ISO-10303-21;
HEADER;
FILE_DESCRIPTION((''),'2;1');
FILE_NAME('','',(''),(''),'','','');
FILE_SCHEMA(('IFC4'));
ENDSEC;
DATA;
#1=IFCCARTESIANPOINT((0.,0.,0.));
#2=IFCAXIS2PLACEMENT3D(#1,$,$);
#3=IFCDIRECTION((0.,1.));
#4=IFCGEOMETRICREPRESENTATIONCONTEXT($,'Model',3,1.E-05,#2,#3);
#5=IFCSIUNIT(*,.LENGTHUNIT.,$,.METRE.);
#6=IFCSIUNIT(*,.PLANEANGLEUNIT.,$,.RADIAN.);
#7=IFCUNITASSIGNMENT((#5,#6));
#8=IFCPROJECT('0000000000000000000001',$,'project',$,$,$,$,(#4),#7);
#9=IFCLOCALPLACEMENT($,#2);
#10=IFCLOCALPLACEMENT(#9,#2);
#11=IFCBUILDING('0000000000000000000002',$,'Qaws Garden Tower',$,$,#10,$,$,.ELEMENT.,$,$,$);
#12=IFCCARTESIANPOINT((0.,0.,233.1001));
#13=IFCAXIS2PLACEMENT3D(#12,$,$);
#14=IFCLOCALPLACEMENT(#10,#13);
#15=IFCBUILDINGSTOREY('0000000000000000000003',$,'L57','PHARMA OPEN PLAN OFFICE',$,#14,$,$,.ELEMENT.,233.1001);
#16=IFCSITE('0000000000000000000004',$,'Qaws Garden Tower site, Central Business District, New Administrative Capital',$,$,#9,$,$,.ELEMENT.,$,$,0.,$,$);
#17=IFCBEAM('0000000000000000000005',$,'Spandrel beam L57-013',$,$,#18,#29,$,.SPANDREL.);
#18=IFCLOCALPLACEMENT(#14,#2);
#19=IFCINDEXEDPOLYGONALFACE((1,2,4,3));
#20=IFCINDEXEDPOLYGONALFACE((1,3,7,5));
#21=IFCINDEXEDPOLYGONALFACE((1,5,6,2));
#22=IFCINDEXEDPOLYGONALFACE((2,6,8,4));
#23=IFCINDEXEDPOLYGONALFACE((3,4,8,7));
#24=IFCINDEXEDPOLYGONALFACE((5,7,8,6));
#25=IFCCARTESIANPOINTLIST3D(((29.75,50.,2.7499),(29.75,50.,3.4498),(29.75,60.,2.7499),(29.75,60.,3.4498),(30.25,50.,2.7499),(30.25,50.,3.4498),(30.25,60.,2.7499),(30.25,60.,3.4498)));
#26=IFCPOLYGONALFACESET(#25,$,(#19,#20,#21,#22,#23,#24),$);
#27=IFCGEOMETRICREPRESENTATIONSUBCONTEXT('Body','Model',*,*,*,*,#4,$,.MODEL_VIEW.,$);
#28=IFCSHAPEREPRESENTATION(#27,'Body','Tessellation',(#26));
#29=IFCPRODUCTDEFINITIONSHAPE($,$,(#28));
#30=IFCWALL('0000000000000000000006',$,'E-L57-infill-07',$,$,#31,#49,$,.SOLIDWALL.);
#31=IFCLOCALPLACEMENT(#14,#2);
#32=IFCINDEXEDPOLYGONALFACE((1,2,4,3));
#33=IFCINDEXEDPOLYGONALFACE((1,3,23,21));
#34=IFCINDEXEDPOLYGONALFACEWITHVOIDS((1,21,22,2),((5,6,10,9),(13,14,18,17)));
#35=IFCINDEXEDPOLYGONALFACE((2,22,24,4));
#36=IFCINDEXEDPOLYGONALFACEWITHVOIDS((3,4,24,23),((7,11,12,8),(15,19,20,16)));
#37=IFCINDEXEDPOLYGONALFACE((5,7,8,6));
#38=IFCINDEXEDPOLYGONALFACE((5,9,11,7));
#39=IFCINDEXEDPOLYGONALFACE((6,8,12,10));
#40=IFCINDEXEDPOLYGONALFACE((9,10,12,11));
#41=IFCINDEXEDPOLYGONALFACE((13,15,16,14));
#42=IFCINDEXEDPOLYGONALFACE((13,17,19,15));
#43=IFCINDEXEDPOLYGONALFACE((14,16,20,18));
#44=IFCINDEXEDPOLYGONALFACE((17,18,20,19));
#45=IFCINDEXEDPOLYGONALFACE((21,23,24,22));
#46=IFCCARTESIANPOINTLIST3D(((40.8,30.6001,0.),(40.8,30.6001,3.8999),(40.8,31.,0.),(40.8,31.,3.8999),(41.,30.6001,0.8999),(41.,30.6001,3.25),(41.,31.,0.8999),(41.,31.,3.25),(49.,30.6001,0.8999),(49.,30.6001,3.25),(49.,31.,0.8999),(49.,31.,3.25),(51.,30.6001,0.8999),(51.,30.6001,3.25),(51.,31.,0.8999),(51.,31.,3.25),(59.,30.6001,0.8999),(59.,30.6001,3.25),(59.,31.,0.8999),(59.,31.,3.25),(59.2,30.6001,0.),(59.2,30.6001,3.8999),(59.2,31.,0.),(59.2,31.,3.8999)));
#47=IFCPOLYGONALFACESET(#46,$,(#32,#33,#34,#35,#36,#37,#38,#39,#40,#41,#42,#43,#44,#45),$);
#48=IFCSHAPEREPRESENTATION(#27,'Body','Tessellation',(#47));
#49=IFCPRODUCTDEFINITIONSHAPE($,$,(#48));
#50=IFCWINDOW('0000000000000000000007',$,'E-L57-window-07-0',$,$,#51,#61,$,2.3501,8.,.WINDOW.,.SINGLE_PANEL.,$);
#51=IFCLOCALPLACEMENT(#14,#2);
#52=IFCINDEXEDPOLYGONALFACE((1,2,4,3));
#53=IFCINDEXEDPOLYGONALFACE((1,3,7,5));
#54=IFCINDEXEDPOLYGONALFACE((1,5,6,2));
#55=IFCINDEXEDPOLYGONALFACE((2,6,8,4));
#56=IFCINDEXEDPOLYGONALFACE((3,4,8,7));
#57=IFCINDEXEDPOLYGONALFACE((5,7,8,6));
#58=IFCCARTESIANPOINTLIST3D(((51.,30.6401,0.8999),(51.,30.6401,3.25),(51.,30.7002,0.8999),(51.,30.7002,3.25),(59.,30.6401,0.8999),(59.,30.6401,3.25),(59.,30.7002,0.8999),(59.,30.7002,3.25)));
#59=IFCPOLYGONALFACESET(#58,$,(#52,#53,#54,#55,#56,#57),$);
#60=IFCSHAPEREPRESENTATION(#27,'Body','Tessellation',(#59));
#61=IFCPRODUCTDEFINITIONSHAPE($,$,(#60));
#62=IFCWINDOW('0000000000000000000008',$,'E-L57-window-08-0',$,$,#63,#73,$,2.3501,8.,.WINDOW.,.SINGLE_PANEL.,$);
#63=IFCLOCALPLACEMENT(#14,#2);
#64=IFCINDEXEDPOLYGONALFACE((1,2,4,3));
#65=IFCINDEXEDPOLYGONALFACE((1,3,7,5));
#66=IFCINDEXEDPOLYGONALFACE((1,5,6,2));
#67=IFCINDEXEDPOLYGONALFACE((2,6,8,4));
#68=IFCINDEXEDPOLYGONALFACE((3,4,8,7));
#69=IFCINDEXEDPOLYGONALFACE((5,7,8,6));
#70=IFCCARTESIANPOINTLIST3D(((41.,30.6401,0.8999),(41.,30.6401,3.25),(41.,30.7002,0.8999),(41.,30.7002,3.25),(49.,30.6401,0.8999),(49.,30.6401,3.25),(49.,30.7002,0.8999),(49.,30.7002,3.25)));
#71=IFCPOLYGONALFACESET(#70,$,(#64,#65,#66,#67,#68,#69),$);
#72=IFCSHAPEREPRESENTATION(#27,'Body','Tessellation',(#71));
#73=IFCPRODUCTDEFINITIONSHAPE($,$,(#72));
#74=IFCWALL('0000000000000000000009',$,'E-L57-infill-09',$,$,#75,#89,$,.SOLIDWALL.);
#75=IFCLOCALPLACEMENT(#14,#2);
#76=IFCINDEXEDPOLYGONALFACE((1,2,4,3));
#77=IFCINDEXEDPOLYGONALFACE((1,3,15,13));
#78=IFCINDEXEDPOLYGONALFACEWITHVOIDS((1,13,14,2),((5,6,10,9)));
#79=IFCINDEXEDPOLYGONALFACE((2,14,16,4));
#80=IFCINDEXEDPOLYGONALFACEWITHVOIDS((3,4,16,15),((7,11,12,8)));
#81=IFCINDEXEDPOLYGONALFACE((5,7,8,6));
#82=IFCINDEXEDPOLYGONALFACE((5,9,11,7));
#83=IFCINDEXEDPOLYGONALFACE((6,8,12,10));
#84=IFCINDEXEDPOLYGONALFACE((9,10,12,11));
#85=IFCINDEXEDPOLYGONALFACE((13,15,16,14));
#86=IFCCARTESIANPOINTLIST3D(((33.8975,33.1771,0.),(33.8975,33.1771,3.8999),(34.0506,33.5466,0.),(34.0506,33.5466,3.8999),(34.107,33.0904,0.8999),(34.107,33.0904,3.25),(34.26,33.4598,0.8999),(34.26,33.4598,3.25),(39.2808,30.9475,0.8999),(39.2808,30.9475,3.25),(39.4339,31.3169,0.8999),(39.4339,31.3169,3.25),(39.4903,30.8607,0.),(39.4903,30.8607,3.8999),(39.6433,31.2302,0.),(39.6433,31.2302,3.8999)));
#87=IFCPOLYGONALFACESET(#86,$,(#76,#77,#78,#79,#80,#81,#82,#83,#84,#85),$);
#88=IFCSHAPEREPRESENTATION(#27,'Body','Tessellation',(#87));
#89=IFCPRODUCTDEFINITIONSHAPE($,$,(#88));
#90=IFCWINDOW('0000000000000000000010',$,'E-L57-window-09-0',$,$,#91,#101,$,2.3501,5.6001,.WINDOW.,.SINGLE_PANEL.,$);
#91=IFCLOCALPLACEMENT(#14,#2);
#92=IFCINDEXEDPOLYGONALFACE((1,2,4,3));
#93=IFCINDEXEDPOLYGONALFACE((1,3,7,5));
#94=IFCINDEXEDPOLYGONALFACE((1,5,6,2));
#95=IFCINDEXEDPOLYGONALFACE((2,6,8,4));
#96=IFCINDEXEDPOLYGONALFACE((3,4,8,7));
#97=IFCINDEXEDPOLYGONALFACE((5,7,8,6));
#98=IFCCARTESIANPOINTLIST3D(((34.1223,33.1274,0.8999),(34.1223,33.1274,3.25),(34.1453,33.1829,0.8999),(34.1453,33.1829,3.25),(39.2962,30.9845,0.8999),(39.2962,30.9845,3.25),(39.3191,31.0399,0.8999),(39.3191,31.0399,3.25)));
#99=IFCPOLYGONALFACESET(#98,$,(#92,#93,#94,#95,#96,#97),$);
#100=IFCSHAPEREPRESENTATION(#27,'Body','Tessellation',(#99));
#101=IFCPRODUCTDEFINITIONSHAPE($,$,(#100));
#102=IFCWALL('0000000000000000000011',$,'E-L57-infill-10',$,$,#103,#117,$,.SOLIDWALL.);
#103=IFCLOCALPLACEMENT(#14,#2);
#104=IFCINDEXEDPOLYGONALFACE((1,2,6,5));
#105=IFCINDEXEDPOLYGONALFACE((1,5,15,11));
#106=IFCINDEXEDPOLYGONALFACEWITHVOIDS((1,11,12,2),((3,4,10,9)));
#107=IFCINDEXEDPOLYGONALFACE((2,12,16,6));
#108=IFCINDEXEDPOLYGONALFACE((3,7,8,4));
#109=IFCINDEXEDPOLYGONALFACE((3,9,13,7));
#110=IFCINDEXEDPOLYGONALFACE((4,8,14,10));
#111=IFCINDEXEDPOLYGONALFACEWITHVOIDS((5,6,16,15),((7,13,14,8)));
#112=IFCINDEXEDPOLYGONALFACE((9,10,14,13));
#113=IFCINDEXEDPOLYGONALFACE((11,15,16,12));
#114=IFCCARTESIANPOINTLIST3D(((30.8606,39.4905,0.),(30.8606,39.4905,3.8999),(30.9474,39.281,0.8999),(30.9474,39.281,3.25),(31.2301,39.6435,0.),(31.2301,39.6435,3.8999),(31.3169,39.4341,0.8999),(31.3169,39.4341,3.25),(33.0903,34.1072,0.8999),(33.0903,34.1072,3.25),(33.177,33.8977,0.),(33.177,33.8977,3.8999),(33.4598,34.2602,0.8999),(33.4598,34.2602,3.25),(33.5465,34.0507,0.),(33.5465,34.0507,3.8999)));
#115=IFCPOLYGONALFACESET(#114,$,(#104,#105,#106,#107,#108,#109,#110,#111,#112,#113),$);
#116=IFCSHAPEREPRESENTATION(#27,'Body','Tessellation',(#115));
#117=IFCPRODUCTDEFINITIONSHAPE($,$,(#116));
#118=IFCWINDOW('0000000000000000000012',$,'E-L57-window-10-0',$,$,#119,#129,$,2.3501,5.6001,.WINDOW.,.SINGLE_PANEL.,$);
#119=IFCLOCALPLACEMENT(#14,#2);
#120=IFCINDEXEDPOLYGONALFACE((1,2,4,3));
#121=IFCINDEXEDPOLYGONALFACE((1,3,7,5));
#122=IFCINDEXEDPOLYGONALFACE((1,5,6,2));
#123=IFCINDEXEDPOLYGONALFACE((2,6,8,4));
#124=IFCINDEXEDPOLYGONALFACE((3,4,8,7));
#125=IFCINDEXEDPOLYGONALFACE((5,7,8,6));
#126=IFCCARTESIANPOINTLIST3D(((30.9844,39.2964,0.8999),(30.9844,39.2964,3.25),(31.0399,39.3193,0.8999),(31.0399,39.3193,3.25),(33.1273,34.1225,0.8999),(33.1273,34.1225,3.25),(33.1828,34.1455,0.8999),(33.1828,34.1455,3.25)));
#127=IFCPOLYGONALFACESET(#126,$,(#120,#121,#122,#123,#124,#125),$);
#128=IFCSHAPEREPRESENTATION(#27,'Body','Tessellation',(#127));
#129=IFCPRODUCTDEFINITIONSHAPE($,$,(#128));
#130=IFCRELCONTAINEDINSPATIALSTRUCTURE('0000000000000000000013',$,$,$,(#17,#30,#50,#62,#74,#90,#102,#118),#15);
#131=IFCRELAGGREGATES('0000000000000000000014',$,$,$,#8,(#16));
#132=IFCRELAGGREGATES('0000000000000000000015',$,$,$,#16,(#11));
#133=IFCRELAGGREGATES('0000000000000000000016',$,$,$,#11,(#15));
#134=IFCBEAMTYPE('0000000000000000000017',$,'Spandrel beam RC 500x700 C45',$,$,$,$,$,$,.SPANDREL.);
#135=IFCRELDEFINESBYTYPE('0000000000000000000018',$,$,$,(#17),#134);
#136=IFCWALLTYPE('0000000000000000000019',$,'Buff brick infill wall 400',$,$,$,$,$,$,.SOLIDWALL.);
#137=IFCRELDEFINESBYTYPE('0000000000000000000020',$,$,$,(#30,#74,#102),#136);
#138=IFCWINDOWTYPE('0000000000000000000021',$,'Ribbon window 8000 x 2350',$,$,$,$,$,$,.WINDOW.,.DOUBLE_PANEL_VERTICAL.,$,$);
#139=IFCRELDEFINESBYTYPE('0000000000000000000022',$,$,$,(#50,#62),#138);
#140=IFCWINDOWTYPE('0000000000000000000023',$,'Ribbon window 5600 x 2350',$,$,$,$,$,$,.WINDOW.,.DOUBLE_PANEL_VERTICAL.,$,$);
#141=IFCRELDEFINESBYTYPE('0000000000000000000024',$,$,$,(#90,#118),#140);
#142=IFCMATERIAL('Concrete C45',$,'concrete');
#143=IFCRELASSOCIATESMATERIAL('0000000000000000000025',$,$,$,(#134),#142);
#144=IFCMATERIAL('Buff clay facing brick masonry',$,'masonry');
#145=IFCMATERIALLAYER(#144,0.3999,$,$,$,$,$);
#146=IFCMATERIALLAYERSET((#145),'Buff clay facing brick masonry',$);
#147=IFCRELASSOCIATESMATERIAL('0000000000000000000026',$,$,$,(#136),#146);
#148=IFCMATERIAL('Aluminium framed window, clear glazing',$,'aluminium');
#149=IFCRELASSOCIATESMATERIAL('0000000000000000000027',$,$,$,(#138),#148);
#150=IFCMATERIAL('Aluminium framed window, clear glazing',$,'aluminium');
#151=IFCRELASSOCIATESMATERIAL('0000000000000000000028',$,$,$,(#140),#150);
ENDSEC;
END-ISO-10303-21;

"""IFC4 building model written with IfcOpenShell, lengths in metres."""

from ifc_helpers import new_model, si_unit, direction, frame, frame_2d, origin, origin_2d, place, context, subcontext, project, spatial, rectangle, extrude, material, layer, layer_set, material_profile, profile_set, type_object, element, fill, save


model = new_model("IFC4")

# Units and contexts
model_context = context("Model", 3, precision=1e-05, world=origin(), true_north=direction((0.0, 1.0)))
body_context = subcontext(model_context, "Body", "Model", "MODEL_VIEW")
ifc_project = project(units=[si_unit("LENGTHUNIT", "METRE"), si_unit("PLANEANGLEUNIT", "RADIAN")], contexts=[model_context])

# Site, building, storey
site_placement = place(None, origin())
site = spatial("IfcSite", under=ifc_project, at=site_placement, Name="Qaws Garden Tower site, Central Business District, New Administrative Capital", CompositionType="ELEMENT", RefElevation=0.0)
building_placement = place(site_placement, origin())
building = spatial("IfcBuilding", under=site, at=building_placement, Name="Qaws Garden Tower", CompositionType="ELEMENT")
storey_placement = place(building_placement, frame((0.0, 0.0, 233.1001)))
storey = spatial("IfcBuildingStorey", under=building, at=storey_placement, Name="L57", Description="PHARMA OPEN PLAN OFFICE", CompositionType="ELEMENT", Elevation=233.1001)

# Beam
ifc_material_1 = material(Name="Concrete C45", Category="concrete")
ifc_material_profile_1 = material_profile(ifc_material_1, rectangle(XDim=0.5, YDim=0.7, at=origin_2d()), Name="RC 500x700")
ifc_profile_set_1 = profile_set([ifc_material_profile_1], Name="Concrete C45")
beam_type = type_object("IfcBeamType", Name="Spandrel beam RC 500x700 C45", PredefinedType="SPANDREL", material=ifc_profile_set_1)
for number, where, z_axis, x_axis, name in (
    (1, (30.0, 50.0, 3.0999), (0.0, 1.0, 0.0), (-1.0, 0.0, 0.0), "Spandrel beam L57-013"),
):
    element("IfcBeam", number, at=place(storey_placement, frame(where, z_axis=z_axis, x_axis=x_axis)), inside=storey, type_object=beam_type, Name=name, PredefinedType="SPANDREL", context=body_context, shape_type="SweptSolid", body=[
        extrude(rectangle(XDim=0.5, YDim=0.7, at=origin_2d()), origin(), (0.0, 0.0, 1.0), 10.0),
    ])

# Wall, openings, windows
ifc_material_2 = material(Name="Buff clay facing brick masonry", Category="masonry")
ifc_layer_1 = layer(ifc_material_2, 0.3999)
ifc_layer_set_1 = layer_set([ifc_layer_1], Name="Buff clay facing brick masonry")
wall_type_1 = type_object("IfcWallType", Name="Buff brick infill wall 400", PredefinedType="SOLIDWALL", material=ifc_layer_set_1)
wall_1_placement = place(storey_placement, frame((59.2, 30.8, 0.0), z_axis=(0.0, 0.0, 1.0), x_axis=(-1.0, 0.0, 0.0)))
wall_1 = element("IfcWall", 2, at=wall_1_placement, inside=storey, type_object=wall_type_1, Name="E-L57-infill-07", PredefinedType="SOLIDWALL", context=body_context, shape_type="SweptSolid", body=[
    extrude(rectangle(XDim=18.3999, YDim=0.3999, at=frame_2d((9.2, 0.0))), origin(), (0.0, 0.0, 1.0), 3.8999),
])
opening_1_placement = place(wall_1_placement, frame((0.2, 0.0, 0.8999)))
opening_1 = element("IfcOpeningElement", 3, at=opening_1_placement, cuts=wall_1, PredefinedType="OPENING", context=body_context, shape_type="SweptSolid", body=[
    extrude(rectangle(XDim=8.0, YDim=2.3501, at=frame_2d((4.0, 1.175))), frame((0.0, 0.21, 0.0), z_axis=(0.0, -1.0, 0.0), x_axis=(1.0, 0.0, 0.0)), (0.0, 0.0, 1.0), 0.4199),
])
opening_2_placement = place(wall_1_placement, frame((10.2, 0.0, 0.8999)))
opening_2 = element("IfcOpeningElement", 4, at=opening_2_placement, cuts=wall_1, PredefinedType="OPENING", context=body_context, shape_type="SweptSolid", body=[
    extrude(rectangle(XDim=8.0, YDim=2.3501, at=frame_2d((4.0, 1.175))), frame((0.0, 0.21, 0.0), z_axis=(0.0, -1.0, 0.0), x_axis=(1.0, 0.0, 0.0)), (0.0, 0.0, 1.0), 0.4199),
])
ifc_material_3 = material(Name="Aluminium framed window, clear glazing", Category="aluminium")
window_type_1 = type_object("IfcWindowType", Name="Ribbon window 8000 x 2350", PartitioningType="DOUBLE_PANEL_VERTICAL", PredefinedType="WINDOW", material=ifc_material_3)
window_1_placement = place(opening_1_placement, origin())
window_1 = element("IfcWindow", 5, at=window_1_placement, inside=storey, type_object=window_type_1, Name="E-L57-window-07-0", OverallHeight=2.3501, OverallWidth=8.0, PartitioningType="SINGLE_PANEL", PredefinedType="WINDOW", context=body_context, shape_type="SweptSolid", body=[
    extrude(rectangle(XDim=8.0, YDim=2.3501, at=frame_2d((4.0, 1.175))), frame((0.0, 0.1599, 0.0), z_axis=(0.0, -1.0, 0.0), x_axis=(1.0, 0.0, 0.0)), (0.0, 0.0, 1.0), 0.0601),
])
fill(opening_1, window_1)
window_2_placement = place(opening_2_placement, origin())
window_2 = element("IfcWindow", 6, at=window_2_placement, inside=storey, type_object=window_type_1, Name="E-L57-window-08-0", OverallHeight=2.3501, OverallWidth=8.0, PartitioningType="SINGLE_PANEL", PredefinedType="WINDOW", context=body_context, shape_type="SweptSolid", body=[
    extrude(rectangle(XDim=8.0, YDim=2.3501, at=frame_2d((4.0, 1.175))), frame((0.0, 0.1599, 0.0), z_axis=(0.0, -1.0, 0.0), x_axis=(1.0, 0.0, 0.0)), (0.0, 0.0, 1.0), 0.0601),
])
fill(opening_2, window_2)

# Walls, openings, windows
wall_2_placement = place(storey_placement, frame((39.5669, 31.0454, 0.0), z_axis=(0.0, 0.0, 1.0), x_axis=(-0.923891, 0.382656, 0.0)))
wall_2 = element("IfcWall", 7, at=wall_2_placement, inside=storey, type_object=wall_type_1, Name="E-L57-infill-09", PredefinedType="SOLIDWALL", context=body_context, shape_type="SweptSolid", body=[
    extrude(rectangle(XDim=6.0535, YDim=0.3999, at=frame_2d((3.0269, 0.0))), origin(), (0.0, 0.0, 1.0), 3.8999),
])
opening_3_placement = place(wall_2_placement, frame((0.2268, 0.0, 0.8999)))
opening_3 = element("IfcOpeningElement", 8, at=opening_3_placement, cuts=wall_2, PredefinedType="OPENING", context=body_context, shape_type="SweptSolid", body=[
    extrude(rectangle(XDim=5.6001, YDim=2.3501, at=frame_2d((2.8, 1.175))), frame((0.0, 0.21, 0.0), z_axis=(0.0, -1.0, 0.0), x_axis=(1.0, 0.0, 0.0)), (0.0, 0.0, 1.0), 0.4199),
])
ifc_material_4 = material(Name="Aluminium framed window, clear glazing", Category="aluminium")
window_type_2 = type_object("IfcWindowType", Name="Ribbon window 5600 x 2350", PartitioningType="DOUBLE_PANEL_VERTICAL", PredefinedType="WINDOW", material=ifc_material_4)
window_3_placement = place(opening_3_placement, origin())
window_3 = element("IfcWindow", 9, at=window_3_placement, inside=storey, type_object=window_type_2, Name="E-L57-window-09-0", OverallHeight=2.3501, OverallWidth=5.6001, PartitioningType="SINGLE_PANEL", PredefinedType="WINDOW", context=body_context, shape_type="SweptSolid", body=[
    extrude(rectangle(XDim=5.6001, YDim=2.3501, at=frame_2d((2.8, 1.175))), frame((0.0, 0.1599, 0.0), z_axis=(0.0, -1.0, 0.0), x_axis=(1.0, 0.0, 0.0)), (0.0, 0.0, 1.0), 0.0601),
])
fill(opening_3, window_3)
wall_3_placement = place(storey_placement, frame((33.3618, 33.9741, 0.0), z_axis=(0.0, 0.0, 1.0), x_axis=(-0.382656, 0.923891, 0.0)))
wall_3 = element("IfcWall", 10, at=wall_3_placement, inside=storey, type_object=wall_type_1, Name="E-L57-infill-10", PredefinedType="SOLIDWALL", context=body_context, shape_type="SweptSolid", body=[
    extrude(rectangle(XDim=6.0535, YDim=0.3999, at=frame_2d((3.0269, 0.0))), origin(), (0.0, 0.0, 1.0), 3.8999),
])
opening_4_placement = place(wall_3_placement, frame((0.2268, 0.0, 0.8999)))
opening_4 = element("IfcOpeningElement", 11, at=opening_4_placement, cuts=wall_3, PredefinedType="OPENING", context=body_context, shape_type="SweptSolid", body=[
    extrude(rectangle(XDim=5.6001, YDim=2.3501, at=frame_2d((2.8, 1.175))), frame((0.0, 0.21, 0.0), z_axis=(0.0, -1.0, 0.0), x_axis=(1.0, 0.0, 0.0)), (0.0, 0.0, 1.0), 0.4199),
])
window_4_placement = place(opening_4_placement, origin())
window_4 = element("IfcWindow", 12, at=window_4_placement, inside=storey, type_object=window_type_2, Name="E-L57-window-10-0", OverallHeight=2.3501, OverallWidth=5.6001, PartitioningType="SINGLE_PANEL", PredefinedType="WINDOW", context=body_context, shape_type="SweptSolid", body=[
    extrude(rectangle(XDim=5.6001, YDim=2.3501, at=frame_2d((2.8, 1.175))), frame((0.0, 0.1599, 0.0), z_axis=(0.0, -1.0, 0.0), x_axis=(1.0, 0.0, 0.0)), (0.0, 0.0, 1.0), 0.0601),
])
fill(opening_4, window_4)

save(model, "model.ifc")
